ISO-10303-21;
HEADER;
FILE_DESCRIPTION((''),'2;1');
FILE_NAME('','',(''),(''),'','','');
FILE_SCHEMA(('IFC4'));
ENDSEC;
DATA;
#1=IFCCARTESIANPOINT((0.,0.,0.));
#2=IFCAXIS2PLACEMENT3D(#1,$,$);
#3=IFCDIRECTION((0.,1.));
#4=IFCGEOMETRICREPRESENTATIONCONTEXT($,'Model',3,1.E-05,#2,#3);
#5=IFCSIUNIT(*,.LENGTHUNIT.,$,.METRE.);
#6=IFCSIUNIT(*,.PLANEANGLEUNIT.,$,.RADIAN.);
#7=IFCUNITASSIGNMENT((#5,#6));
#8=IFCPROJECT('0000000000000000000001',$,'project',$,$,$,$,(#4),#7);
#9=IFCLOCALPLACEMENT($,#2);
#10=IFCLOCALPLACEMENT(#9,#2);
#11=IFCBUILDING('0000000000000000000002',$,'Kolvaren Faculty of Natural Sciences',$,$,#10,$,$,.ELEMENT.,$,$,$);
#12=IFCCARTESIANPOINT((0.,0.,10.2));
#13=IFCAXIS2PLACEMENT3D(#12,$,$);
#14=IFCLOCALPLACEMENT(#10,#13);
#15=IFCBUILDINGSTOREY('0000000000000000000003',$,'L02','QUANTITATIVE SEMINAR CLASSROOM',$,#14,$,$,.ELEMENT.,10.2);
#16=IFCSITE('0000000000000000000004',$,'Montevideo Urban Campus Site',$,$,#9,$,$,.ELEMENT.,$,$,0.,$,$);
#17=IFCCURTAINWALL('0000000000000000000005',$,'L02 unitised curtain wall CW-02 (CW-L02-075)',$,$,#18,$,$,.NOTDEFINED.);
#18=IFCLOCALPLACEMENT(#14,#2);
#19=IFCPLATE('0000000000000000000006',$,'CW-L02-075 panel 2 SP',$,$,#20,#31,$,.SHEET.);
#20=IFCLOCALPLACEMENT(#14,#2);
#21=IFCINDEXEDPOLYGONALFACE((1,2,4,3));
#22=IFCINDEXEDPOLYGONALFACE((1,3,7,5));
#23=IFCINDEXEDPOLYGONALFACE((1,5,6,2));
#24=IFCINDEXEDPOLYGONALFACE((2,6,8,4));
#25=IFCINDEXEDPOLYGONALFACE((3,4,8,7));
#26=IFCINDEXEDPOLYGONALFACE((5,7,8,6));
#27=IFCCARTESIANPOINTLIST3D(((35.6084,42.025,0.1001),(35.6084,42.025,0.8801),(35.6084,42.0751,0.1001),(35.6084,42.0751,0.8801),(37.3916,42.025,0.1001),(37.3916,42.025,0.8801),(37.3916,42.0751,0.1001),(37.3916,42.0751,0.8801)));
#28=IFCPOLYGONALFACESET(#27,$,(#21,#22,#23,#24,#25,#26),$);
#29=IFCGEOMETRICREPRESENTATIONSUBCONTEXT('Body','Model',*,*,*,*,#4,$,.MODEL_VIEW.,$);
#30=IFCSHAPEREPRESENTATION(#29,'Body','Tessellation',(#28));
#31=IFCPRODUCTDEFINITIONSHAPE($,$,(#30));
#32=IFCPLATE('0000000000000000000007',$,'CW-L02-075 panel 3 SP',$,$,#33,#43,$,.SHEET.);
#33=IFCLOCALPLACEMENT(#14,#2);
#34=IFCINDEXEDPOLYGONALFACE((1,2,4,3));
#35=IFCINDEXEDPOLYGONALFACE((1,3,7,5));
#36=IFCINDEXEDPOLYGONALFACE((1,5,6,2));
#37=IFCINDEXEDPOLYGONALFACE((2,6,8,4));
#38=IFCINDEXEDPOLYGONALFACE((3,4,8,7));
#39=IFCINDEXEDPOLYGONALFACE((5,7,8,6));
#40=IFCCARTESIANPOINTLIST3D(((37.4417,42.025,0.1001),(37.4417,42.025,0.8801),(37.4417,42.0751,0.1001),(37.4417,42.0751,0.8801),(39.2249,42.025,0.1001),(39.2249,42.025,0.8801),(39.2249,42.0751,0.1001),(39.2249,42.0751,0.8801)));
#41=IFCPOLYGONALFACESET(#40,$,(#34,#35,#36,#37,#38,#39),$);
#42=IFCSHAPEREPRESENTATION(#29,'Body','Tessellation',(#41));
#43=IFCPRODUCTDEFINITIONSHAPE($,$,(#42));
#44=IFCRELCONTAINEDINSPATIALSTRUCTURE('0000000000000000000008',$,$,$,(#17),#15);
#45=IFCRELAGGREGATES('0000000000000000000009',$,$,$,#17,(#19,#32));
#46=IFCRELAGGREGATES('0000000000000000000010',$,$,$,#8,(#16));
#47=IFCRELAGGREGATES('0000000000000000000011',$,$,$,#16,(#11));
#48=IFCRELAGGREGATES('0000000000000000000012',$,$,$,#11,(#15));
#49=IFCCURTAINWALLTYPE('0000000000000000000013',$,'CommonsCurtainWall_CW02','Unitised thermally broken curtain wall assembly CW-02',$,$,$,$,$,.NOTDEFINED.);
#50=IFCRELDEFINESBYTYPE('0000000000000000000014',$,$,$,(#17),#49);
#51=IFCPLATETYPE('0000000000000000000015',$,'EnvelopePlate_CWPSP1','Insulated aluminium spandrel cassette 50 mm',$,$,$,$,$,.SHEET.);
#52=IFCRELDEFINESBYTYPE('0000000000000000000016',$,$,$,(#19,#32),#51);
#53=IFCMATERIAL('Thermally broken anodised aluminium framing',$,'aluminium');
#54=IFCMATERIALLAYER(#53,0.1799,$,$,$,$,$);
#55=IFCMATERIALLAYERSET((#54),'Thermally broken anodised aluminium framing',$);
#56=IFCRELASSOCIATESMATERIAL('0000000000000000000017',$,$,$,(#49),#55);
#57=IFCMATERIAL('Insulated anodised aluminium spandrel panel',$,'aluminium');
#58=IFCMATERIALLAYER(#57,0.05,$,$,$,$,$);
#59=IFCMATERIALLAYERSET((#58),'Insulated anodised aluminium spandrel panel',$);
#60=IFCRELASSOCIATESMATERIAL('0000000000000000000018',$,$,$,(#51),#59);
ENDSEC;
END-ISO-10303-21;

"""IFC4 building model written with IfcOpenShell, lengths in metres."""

from ifc_helpers import new_model, si_unit, direction, frame, origin, origin_2d, place, context, subcontext, project, spatial, rectangle, extrude, material, layer, layer_set, type_object, element, aggregate, save


model = new_model("IFC4")

# Units and contexts
model_context = context("Model", 3, precision=1e-05, world=origin(), true_north=direction((0.0, 1.0)))
body_context = subcontext(model_context, "Body", "Model", "MODEL_VIEW")
ifc_project = project(units=[si_unit("LENGTHUNIT", "METRE"), si_unit("PLANEANGLEUNIT", "RADIAN")], contexts=[model_context])

# Site, building, storey
site_placement = place(None, origin())
site = spatial("IfcSite", under=ifc_project, at=site_placement, Name="Montevideo Urban Campus Site", CompositionType="ELEMENT", RefElevation=0.0)
building_placement = place(site_placement, origin())
building = spatial("IfcBuilding", under=site, at=building_placement, Name="Kolvaren Faculty of Natural Sciences", CompositionType="ELEMENT")
storey_placement = place(building_placement, frame((0.0, 0.0, 10.2)))
storey = spatial("IfcBuildingStorey", under=building, at=storey_placement, Name="L02", Description="QUANTITATIVE SEMINAR CLASSROOM", CompositionType="ELEMENT", Elevation=10.2)

# Curtain wall
ifc_material_1 = material(Name="Thermally broken anodised aluminium framing", Category="aluminium")
ifc_layer_1 = layer(ifc_material_1, 0.1799)
ifc_layer_set_1 = layer_set([ifc_layer_1], Name="Thermally broken anodised aluminium framing")
curtain_wall_type = type_object("IfcCurtainWallType", Name="CommonsCurtainWall_CW02", Description="Unitised thermally broken curtain wall assembly CW-02", PredefinedType="NOTDEFINED", material=ifc_layer_set_1)
curtain_wall_placement = place(storey_placement, origin())
curtain_wall = element("IfcCurtainWall", 1, at=curtain_wall_placement, inside=storey, type_object=curtain_wall_type, Name="L02 unitised curtain wall CW-02 (CW-L02-075)", PredefinedType="NOTDEFINED")

# Plates
ifc_material_2 = material(Name="Insulated anodised aluminium spandrel panel", Category="aluminium")
ifc_layer_2 = layer(ifc_material_2, 0.05)
ifc_layer_set_2 = layer_set([ifc_layer_2], Name="Insulated anodised aluminium spandrel panel")
plate_type_1 = type_object("IfcPlateType", Name="EnvelopePlate_CWPSP1", Description="Insulated aluminium spandrel cassette 50 mm", PredefinedType="SHEET", material=ifc_layer_set_2)
plate_1_placement = place(storey_placement, frame((36.5, 42.05, 0.1001), z_axis=(0.0, 0.0, 1.0), x_axis=(1.0, 0.0, 0.0)))
plate_1 = element("IfcPlate", 2, at=plate_1_placement, type_object=plate_type_1, Name="CW-L02-075 panel 2 SP", PredefinedType="SHEET", context=body_context, shape_type="SweptSolid", body=[
    extrude(rectangle(XDim=1.7832, YDim=0.05, at=origin_2d()), origin(), (0.0, 0.0, 1.0), 0.78),
])
plate_2_placement = place(storey_placement, frame((38.3333, 42.05, 0.1001), z_axis=(0.0, 0.0, 1.0), x_axis=(1.0, 0.0, 0.0)))
plate_2 = element("IfcPlate", 3, at=plate_2_placement, type_object=plate_type_1, Name="CW-L02-075 panel 3 SP", PredefinedType="SHEET", context=body_context, shape_type="SweptSolid", body=[
    extrude(rectangle(XDim=1.7832, YDim=0.05, at=origin_2d()), origin(), (0.0, 0.0, 1.0), 0.78),
])
aggregate(curtain_wall, [plate_1, plate_2])

save(model, "model.ifc")
